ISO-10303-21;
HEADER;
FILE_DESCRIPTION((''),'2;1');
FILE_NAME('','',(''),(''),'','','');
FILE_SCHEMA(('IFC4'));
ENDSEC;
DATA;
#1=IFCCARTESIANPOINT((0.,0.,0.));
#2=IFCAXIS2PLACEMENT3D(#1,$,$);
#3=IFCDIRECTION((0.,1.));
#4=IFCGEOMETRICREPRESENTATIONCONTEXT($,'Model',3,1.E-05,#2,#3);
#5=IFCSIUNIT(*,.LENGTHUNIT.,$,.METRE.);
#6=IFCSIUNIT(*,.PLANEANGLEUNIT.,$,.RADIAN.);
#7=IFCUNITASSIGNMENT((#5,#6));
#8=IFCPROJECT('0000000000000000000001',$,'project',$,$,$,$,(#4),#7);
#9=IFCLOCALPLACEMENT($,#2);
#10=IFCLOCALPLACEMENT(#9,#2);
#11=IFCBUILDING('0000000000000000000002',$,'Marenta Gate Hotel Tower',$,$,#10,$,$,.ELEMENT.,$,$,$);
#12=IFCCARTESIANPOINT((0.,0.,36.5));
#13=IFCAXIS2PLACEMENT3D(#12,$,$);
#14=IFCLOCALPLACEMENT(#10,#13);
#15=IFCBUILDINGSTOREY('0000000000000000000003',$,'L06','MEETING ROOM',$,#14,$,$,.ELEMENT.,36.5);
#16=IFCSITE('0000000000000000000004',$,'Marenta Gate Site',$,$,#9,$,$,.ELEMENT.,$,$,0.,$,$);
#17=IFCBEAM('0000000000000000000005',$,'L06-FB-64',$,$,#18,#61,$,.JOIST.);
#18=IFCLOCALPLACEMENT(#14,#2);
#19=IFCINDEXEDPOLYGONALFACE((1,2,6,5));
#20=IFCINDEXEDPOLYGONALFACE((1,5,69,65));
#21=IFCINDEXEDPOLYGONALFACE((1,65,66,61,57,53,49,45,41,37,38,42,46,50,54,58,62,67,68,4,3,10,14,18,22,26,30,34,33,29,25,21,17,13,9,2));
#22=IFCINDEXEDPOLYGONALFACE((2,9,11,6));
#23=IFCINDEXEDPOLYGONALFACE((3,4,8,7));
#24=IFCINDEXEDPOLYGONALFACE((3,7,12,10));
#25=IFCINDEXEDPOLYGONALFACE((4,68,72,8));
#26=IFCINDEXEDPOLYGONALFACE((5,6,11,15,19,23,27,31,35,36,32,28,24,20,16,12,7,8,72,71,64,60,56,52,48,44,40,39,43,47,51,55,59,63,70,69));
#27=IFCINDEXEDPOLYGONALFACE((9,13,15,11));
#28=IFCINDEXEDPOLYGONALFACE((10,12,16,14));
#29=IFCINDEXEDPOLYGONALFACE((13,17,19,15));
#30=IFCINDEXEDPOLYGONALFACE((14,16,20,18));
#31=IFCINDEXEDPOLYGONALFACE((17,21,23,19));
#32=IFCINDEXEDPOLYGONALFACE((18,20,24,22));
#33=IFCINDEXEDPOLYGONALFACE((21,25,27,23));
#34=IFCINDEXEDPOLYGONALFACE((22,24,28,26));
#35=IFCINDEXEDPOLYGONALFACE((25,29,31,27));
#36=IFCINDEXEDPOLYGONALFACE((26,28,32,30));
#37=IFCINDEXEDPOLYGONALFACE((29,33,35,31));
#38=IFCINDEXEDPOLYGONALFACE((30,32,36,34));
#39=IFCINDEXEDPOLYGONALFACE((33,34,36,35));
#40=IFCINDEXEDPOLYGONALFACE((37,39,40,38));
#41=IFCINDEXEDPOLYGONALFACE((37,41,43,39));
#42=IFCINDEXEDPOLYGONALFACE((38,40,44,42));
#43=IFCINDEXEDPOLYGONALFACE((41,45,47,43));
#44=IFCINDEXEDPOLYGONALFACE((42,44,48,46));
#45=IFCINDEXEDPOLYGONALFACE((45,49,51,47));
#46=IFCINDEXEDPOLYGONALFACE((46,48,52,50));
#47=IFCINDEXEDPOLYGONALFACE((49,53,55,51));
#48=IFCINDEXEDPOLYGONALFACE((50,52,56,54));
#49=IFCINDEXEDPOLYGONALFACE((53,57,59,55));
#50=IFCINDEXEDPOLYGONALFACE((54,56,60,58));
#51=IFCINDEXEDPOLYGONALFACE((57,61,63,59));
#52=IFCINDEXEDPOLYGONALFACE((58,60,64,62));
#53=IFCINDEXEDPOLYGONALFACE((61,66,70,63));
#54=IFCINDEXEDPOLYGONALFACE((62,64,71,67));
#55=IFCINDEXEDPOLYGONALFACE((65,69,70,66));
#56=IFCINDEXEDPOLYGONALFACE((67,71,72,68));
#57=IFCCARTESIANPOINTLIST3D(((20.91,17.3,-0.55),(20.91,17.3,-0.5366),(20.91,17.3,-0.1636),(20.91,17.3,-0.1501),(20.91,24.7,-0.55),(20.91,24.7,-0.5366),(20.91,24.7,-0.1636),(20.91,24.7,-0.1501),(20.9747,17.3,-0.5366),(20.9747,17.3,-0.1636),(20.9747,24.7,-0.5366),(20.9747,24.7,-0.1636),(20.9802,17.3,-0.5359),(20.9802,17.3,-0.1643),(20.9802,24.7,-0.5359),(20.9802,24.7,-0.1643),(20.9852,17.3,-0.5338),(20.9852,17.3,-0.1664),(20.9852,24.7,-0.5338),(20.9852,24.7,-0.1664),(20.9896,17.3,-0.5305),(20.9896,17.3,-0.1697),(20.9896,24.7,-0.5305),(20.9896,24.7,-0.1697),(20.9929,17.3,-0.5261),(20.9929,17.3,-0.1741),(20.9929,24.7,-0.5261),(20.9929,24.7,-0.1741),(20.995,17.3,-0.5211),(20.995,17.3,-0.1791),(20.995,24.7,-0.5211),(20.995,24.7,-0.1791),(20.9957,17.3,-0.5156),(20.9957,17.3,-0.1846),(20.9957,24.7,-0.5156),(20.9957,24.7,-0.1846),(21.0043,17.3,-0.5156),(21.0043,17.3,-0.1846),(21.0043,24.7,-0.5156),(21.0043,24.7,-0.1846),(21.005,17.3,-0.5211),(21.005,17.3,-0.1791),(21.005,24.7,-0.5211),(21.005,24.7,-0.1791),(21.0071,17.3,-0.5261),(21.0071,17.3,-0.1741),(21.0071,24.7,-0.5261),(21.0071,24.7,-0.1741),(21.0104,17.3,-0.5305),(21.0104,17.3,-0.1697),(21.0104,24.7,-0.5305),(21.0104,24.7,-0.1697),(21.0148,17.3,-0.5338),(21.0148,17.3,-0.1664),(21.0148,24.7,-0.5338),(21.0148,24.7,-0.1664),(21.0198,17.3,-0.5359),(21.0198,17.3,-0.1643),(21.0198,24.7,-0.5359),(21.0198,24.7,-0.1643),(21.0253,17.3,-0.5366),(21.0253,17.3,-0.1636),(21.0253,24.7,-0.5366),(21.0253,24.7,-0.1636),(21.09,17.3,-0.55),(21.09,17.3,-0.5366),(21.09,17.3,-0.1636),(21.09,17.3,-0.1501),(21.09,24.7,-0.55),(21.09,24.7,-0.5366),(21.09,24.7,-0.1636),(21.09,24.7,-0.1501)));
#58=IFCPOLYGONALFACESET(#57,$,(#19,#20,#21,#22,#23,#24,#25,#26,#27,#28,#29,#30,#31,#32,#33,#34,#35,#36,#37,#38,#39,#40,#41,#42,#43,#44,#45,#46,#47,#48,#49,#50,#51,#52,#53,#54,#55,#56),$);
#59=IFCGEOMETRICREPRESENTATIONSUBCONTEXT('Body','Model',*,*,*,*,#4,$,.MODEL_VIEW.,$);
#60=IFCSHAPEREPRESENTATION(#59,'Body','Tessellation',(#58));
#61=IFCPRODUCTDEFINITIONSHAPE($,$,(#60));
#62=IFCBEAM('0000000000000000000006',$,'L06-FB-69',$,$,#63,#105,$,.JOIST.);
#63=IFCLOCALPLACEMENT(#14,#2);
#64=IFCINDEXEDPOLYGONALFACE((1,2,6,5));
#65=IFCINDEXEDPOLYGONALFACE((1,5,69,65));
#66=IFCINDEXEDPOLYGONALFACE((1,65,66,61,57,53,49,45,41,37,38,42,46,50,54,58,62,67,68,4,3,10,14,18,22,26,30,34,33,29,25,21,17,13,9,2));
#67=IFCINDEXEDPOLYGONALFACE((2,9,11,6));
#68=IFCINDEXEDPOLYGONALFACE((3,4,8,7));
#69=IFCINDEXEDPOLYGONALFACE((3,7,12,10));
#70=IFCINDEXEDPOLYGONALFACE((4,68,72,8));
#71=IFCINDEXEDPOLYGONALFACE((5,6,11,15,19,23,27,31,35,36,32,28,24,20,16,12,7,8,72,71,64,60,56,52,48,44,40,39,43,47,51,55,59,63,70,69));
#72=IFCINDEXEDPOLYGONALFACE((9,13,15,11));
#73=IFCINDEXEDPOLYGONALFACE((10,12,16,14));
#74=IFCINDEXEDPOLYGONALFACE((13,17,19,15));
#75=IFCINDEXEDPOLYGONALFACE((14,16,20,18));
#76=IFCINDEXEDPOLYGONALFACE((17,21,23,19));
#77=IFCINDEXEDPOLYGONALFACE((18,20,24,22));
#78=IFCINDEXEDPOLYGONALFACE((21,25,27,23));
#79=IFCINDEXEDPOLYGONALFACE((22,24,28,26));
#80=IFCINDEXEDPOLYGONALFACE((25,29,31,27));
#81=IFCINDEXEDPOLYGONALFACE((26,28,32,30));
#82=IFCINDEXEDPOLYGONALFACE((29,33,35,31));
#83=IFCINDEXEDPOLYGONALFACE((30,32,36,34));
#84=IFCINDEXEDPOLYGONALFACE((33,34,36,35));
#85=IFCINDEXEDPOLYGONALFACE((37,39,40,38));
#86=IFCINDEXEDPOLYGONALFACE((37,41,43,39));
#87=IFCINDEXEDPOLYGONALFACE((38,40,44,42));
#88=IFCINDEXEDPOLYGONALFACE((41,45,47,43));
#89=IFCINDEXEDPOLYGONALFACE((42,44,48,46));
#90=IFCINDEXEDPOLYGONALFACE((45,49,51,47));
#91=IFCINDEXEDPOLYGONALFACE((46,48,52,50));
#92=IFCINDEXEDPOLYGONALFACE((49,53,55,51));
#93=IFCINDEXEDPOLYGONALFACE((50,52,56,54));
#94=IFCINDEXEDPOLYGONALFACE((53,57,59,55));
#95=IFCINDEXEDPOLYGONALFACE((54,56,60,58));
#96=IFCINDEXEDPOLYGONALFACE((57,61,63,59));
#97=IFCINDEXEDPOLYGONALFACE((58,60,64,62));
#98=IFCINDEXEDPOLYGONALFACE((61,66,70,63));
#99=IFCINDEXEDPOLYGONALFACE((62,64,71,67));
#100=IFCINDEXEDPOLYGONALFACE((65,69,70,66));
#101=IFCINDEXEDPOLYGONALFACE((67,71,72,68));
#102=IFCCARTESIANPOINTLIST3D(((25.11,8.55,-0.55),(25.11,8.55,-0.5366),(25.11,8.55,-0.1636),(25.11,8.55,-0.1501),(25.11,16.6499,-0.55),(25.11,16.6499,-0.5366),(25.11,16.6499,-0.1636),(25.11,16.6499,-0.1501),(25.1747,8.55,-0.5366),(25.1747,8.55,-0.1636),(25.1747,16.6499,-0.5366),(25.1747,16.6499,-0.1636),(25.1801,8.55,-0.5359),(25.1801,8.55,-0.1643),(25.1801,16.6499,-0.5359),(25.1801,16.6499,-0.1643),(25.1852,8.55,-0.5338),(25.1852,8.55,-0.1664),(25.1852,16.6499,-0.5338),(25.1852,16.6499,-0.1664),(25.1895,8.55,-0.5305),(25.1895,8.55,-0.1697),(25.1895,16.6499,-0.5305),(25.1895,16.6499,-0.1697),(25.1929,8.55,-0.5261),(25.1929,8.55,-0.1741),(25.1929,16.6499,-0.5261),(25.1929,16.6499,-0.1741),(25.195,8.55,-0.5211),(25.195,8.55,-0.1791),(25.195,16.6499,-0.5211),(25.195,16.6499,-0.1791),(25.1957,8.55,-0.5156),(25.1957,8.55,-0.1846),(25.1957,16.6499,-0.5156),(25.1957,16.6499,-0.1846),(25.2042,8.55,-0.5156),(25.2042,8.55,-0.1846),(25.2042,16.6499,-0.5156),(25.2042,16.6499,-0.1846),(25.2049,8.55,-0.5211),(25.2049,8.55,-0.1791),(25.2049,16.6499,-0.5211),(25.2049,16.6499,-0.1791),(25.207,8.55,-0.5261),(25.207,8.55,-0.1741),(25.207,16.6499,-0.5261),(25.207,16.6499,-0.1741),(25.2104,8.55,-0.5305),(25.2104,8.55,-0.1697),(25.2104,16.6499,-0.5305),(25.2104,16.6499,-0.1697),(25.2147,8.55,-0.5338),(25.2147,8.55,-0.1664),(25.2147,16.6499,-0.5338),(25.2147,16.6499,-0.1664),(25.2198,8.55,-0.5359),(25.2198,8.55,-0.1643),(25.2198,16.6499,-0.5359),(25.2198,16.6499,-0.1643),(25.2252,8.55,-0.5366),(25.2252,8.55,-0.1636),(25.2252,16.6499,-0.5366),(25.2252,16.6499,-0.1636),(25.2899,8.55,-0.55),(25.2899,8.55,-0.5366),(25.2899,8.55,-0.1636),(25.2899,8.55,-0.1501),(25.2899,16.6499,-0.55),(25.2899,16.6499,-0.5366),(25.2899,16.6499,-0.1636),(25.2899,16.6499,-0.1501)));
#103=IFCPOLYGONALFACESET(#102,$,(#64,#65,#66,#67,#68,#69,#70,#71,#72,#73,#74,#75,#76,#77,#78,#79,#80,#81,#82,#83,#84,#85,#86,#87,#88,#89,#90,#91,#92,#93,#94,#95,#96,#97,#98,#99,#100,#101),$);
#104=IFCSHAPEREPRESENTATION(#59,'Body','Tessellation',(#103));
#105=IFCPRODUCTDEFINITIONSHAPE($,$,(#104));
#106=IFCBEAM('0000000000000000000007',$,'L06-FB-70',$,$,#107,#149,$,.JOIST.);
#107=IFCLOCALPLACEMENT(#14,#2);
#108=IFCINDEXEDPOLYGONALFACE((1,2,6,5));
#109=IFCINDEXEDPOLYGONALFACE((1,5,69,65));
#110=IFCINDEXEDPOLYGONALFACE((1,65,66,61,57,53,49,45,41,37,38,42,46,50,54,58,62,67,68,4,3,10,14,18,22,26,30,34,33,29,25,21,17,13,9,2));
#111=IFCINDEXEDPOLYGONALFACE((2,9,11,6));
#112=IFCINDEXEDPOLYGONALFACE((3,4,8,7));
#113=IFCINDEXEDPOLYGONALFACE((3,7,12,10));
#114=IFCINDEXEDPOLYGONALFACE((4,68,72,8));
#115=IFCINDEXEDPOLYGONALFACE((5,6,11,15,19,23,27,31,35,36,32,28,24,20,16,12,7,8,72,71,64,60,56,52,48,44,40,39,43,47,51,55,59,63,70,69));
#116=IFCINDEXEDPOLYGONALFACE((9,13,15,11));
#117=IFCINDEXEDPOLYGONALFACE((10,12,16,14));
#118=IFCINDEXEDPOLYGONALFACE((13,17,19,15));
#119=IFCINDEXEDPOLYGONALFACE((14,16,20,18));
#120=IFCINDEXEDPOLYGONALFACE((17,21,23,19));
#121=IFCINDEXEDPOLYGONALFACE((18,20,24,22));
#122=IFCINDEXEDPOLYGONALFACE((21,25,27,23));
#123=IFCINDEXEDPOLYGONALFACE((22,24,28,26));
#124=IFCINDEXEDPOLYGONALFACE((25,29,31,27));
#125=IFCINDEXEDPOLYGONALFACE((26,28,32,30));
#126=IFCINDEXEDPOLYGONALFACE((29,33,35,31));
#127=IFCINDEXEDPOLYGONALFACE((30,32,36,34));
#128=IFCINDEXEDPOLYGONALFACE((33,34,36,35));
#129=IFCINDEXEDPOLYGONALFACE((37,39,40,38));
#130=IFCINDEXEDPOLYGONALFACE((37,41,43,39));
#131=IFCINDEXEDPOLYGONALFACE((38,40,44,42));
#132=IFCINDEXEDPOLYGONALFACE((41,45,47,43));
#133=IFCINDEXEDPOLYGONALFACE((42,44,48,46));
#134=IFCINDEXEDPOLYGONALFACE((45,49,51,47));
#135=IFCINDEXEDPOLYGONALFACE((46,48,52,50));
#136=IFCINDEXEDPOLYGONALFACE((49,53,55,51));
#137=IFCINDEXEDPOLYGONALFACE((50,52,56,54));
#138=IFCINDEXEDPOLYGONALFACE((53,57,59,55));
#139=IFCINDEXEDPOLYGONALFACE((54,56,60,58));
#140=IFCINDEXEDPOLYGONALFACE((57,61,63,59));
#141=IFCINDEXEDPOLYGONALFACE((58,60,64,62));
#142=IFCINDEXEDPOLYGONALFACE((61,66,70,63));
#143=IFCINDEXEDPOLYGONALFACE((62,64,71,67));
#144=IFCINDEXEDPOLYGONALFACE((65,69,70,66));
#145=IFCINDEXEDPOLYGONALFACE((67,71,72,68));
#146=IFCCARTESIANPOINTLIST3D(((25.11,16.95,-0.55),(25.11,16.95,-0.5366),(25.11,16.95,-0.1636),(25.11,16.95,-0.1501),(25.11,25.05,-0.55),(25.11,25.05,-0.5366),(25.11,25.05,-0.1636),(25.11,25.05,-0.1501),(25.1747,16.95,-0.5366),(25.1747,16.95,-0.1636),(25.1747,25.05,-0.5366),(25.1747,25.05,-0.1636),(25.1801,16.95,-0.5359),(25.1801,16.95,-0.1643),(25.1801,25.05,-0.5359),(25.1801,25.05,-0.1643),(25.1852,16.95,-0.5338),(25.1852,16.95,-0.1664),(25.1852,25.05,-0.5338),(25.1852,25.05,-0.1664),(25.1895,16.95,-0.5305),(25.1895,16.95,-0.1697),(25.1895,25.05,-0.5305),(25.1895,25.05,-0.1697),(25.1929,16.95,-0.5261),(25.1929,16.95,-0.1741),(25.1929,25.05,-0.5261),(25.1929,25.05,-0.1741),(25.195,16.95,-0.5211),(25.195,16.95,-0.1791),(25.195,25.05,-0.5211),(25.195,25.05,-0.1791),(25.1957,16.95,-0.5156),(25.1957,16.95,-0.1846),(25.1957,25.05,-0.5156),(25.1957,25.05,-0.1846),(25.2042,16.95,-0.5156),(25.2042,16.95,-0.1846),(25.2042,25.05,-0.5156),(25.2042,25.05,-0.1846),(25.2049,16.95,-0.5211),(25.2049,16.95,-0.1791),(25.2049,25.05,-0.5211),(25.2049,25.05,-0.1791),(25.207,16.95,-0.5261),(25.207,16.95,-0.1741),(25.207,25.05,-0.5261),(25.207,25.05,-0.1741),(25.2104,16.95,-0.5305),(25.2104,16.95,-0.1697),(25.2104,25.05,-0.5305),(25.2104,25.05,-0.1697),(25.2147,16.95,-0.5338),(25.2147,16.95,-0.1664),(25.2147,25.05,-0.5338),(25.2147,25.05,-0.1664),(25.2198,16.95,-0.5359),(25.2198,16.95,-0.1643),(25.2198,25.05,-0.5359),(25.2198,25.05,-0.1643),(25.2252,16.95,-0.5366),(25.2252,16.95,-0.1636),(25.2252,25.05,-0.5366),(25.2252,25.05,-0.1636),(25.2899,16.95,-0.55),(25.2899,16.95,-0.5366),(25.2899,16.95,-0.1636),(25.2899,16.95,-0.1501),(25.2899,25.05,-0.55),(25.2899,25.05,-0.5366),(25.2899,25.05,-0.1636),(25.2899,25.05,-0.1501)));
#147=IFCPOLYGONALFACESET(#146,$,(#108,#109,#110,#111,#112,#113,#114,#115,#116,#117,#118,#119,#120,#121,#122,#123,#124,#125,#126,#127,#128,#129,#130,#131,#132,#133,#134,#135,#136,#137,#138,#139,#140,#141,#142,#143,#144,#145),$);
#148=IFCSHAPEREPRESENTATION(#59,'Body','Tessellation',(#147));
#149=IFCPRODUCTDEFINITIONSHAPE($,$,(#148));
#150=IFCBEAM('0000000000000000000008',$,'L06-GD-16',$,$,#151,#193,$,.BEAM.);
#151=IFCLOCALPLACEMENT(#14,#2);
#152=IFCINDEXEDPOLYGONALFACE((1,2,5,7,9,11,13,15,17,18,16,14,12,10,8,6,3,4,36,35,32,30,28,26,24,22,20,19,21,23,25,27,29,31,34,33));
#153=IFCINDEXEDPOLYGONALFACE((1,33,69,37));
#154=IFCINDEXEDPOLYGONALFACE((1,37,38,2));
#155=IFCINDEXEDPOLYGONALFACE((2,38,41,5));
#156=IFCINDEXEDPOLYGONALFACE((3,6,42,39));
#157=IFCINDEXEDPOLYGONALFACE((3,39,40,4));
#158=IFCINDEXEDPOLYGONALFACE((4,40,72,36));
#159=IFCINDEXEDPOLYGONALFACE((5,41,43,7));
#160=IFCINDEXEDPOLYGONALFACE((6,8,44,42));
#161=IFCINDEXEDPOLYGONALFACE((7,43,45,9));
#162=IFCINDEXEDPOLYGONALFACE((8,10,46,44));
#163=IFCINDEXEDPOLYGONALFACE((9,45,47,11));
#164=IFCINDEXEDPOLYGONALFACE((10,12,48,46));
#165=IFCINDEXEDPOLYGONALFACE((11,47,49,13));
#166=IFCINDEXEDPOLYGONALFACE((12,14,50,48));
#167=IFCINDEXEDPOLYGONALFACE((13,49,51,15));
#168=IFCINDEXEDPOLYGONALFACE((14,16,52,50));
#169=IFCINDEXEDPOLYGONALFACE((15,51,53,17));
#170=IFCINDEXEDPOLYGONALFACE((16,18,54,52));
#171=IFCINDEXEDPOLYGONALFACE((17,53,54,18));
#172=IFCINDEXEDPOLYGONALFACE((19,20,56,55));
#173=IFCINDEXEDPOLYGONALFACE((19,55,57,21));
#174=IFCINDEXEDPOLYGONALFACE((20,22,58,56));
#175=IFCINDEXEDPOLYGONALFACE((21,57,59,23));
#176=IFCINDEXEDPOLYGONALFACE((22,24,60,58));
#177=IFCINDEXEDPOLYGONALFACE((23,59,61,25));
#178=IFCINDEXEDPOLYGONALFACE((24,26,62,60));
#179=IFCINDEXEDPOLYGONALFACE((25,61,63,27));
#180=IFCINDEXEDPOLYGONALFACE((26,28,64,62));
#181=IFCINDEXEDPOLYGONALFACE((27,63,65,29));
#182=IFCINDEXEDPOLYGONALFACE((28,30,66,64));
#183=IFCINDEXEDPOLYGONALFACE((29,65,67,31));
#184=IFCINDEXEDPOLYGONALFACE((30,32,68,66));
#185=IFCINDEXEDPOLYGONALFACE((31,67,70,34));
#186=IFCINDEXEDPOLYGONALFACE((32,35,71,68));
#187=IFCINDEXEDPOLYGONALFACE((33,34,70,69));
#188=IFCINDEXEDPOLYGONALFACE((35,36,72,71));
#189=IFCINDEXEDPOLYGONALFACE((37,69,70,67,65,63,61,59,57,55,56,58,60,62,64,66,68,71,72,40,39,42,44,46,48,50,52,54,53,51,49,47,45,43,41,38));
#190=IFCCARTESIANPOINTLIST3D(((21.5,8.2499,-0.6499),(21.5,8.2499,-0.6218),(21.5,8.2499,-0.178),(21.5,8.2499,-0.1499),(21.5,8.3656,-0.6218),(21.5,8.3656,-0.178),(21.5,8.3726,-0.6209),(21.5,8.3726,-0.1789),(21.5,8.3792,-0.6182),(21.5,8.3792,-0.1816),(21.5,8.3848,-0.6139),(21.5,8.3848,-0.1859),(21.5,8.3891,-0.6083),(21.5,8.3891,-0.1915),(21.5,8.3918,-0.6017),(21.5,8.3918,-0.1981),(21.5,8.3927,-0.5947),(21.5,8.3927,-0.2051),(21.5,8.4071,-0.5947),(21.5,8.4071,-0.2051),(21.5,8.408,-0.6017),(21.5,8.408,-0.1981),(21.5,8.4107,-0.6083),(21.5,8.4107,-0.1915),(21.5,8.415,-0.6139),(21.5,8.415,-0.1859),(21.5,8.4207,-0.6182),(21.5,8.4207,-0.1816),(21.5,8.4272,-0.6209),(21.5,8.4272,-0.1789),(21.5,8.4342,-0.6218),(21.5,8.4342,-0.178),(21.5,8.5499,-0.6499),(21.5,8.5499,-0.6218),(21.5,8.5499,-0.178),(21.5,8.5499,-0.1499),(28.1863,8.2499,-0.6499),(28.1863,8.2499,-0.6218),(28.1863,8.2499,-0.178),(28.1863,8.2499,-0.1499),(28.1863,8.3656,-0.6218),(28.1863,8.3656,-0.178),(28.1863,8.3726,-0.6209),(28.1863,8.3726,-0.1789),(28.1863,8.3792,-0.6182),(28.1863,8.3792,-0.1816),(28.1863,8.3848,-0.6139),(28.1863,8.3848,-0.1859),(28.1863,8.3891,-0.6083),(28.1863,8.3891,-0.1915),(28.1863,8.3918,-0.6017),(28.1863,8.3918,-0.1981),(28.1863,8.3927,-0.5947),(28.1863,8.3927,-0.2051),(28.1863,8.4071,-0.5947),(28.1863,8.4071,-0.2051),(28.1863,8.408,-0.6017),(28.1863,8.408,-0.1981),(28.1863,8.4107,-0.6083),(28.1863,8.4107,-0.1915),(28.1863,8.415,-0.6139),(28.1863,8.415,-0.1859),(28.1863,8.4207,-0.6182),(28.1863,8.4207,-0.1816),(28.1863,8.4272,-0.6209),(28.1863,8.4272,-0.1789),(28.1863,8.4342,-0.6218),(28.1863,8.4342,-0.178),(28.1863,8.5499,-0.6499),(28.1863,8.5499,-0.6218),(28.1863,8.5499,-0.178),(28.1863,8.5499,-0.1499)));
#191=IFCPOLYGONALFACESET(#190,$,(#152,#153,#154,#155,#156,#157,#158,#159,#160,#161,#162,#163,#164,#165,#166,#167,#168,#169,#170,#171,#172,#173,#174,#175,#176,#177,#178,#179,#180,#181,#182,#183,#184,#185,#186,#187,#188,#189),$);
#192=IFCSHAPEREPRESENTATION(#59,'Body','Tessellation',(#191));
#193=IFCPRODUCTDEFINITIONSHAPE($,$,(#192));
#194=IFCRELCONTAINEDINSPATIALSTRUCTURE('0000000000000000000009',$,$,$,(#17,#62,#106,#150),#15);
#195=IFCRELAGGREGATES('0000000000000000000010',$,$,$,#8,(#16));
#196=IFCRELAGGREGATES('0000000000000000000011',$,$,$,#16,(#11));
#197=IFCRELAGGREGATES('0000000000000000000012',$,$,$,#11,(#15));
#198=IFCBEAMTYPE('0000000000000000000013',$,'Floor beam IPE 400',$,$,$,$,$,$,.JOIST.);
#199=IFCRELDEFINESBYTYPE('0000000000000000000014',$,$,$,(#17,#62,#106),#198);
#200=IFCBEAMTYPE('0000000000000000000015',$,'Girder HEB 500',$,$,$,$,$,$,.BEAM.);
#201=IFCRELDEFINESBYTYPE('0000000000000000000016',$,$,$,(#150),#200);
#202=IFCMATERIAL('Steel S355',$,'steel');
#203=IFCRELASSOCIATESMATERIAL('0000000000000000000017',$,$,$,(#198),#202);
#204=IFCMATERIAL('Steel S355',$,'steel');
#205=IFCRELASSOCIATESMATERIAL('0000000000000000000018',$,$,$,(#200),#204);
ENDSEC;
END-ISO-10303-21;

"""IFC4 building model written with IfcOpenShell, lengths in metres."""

from ifc_helpers import new_model, si_unit, direction, frame, origin, origin_2d, place, context, subcontext, project, spatial, i_section, extrude, material, material_profile, profile_set, type_object, element, save


model = new_model("IFC4")

# Units and contexts
model_context = context("Model", 3, precision=1e-05, world=origin(), true_north=direction((0.0, 1.0)))
body_context = subcontext(model_context, "Body", "Model", "MODEL_VIEW")
ifc_project = project(units=[si_unit("LENGTHUNIT", "METRE"), si_unit("PLANEANGLEUNIT", "RADIAN")], contexts=[model_context])

# Site, building, storey
site_placement = place(None, origin())
site = spatial("IfcSite", under=ifc_project, at=site_placement, Name="Marenta Gate Site", CompositionType="ELEMENT", RefElevation=0.0)
building_placement = place(site_placement, origin())
building = spatial("IfcBuilding", under=site, at=building_placement, Name="Marenta Gate Hotel Tower", CompositionType="ELEMENT")
storey_placement = place(building_placement, frame((0.0, 0.0, 36.5)))
storey = spatial("IfcBuildingStorey", under=building, at=storey_placement, Name="L06", Description="MEETING ROOM", CompositionType="ELEMENT", Elevation=36.5)

# Beams
ifc_material_1 = material(Name="Steel S355", Category="steel")
ifc_material_profile_1 = material_profile(ifc_material_1, i_section(OverallWidth=0.1799, OverallDepth=0.3999, WebThickness=0.0085, FlangeThickness=0.0134, FilletRadius=0.021, at=origin_2d()), Name="IPE 400")
ifc_profile_set_1 = profile_set([ifc_material_profile_1], Name="Steel S355")
beam_type_1 = type_object("IfcBeamType", Name="Floor beam IPE 400", PredefinedType="JOIST", material=ifc_profile_set_1)
beam_1_placement = place(storey_placement, frame((21.0, 17.3, -0.3501), z_axis=(0.0, 1.0, 0.0), x_axis=(-1.0, 0.0, 0.0)))
element("IfcBeam", 1, at=beam_1_placement, inside=storey, type_object=beam_type_1, Name="L06-FB-64", PredefinedType="JOIST", context=body_context, shape_type="SweptSolid", body=[
    extrude(i_section(OverallWidth=0.1799, OverallDepth=0.3999, WebThickness=0.0085, FlangeThickness=0.0134, FilletRadius=0.021, at=origin_2d()), origin(), (0.0, 0.0, 1.0), 7.3999),
])
beam_2_placement = place(storey_placement, frame((25.2, 8.55, -0.3501), z_axis=(0.0, 1.0, 0.0), x_axis=(-1.0, 0.0, 0.0)))
element("IfcBeam", 2, at=beam_2_placement, inside=storey, type_object=beam_type_1, Name="L06-FB-69", PredefinedType="JOIST", context=body_context, shape_type="SweptSolid", body=[
    extrude(i_section(OverallWidth=0.1799, OverallDepth=0.3999, WebThickness=0.0085, FlangeThickness=0.0134, FilletRadius=0.021, at=origin_2d()), origin(), (0.0, 0.0, 1.0), 8.0999),
])
beam_3_placement = place(storey_placement, frame((25.2, 16.95, -0.3501), z_axis=(0.0, 1.0, 0.0), x_axis=(-1.0, 0.0, 0.0)))
element("IfcBeam", 3, at=beam_3_placement, inside=storey, type_object=beam_type_1, Name="L06-FB-70", PredefinedType="JOIST", context=body_context, shape_type="SweptSolid", body=[
    extrude(i_section(OverallWidth=0.1799, OverallDepth=0.3999, WebThickness=0.0085, FlangeThickness=0.0134, FilletRadius=0.021, at=origin_2d()), origin(), (0.0, 0.0, 1.0), 8.1001),
])
ifc_material_2 = material(Name="Steel S355", Category="steel")
ifc_material_profile_2 = material_profile(ifc_material_2, i_section(OverallWidth=0.3, OverallDepth=0.5, WebThickness=0.0144, FlangeThickness=0.0281, FilletRadius=0.0271, at=origin_2d()), Name="HEB 500")
ifc_profile_set_2 = profile_set([ifc_material_profile_2], Name="Steel S355")
beam_type_2 = type_object("IfcBeamType", Name="Girder HEB 500", PredefinedType="BEAM", material=ifc_profile_set_2)
beam_4_placement = place(storey_placement, frame((21.5, 8.3999, -0.3999), z_axis=(1.0, 0.0, 0.0), x_axis=(0.0, 1.0, 0.0)))
element("IfcBeam", 4, at=beam_4_placement, inside=storey, type_object=beam_type_2, Name="L06-GD-16", PredefinedType="BEAM", context=body_context, shape_type="SweptSolid", body=[
    extrude(i_section(OverallWidth=0.3, OverallDepth=0.5, WebThickness=0.0144, FlangeThickness=0.0281, FilletRadius=0.0271, at=origin_2d()), origin(), (0.0, 0.0, 1.0), 6.6863),
])

save(model, "model.ifc")
